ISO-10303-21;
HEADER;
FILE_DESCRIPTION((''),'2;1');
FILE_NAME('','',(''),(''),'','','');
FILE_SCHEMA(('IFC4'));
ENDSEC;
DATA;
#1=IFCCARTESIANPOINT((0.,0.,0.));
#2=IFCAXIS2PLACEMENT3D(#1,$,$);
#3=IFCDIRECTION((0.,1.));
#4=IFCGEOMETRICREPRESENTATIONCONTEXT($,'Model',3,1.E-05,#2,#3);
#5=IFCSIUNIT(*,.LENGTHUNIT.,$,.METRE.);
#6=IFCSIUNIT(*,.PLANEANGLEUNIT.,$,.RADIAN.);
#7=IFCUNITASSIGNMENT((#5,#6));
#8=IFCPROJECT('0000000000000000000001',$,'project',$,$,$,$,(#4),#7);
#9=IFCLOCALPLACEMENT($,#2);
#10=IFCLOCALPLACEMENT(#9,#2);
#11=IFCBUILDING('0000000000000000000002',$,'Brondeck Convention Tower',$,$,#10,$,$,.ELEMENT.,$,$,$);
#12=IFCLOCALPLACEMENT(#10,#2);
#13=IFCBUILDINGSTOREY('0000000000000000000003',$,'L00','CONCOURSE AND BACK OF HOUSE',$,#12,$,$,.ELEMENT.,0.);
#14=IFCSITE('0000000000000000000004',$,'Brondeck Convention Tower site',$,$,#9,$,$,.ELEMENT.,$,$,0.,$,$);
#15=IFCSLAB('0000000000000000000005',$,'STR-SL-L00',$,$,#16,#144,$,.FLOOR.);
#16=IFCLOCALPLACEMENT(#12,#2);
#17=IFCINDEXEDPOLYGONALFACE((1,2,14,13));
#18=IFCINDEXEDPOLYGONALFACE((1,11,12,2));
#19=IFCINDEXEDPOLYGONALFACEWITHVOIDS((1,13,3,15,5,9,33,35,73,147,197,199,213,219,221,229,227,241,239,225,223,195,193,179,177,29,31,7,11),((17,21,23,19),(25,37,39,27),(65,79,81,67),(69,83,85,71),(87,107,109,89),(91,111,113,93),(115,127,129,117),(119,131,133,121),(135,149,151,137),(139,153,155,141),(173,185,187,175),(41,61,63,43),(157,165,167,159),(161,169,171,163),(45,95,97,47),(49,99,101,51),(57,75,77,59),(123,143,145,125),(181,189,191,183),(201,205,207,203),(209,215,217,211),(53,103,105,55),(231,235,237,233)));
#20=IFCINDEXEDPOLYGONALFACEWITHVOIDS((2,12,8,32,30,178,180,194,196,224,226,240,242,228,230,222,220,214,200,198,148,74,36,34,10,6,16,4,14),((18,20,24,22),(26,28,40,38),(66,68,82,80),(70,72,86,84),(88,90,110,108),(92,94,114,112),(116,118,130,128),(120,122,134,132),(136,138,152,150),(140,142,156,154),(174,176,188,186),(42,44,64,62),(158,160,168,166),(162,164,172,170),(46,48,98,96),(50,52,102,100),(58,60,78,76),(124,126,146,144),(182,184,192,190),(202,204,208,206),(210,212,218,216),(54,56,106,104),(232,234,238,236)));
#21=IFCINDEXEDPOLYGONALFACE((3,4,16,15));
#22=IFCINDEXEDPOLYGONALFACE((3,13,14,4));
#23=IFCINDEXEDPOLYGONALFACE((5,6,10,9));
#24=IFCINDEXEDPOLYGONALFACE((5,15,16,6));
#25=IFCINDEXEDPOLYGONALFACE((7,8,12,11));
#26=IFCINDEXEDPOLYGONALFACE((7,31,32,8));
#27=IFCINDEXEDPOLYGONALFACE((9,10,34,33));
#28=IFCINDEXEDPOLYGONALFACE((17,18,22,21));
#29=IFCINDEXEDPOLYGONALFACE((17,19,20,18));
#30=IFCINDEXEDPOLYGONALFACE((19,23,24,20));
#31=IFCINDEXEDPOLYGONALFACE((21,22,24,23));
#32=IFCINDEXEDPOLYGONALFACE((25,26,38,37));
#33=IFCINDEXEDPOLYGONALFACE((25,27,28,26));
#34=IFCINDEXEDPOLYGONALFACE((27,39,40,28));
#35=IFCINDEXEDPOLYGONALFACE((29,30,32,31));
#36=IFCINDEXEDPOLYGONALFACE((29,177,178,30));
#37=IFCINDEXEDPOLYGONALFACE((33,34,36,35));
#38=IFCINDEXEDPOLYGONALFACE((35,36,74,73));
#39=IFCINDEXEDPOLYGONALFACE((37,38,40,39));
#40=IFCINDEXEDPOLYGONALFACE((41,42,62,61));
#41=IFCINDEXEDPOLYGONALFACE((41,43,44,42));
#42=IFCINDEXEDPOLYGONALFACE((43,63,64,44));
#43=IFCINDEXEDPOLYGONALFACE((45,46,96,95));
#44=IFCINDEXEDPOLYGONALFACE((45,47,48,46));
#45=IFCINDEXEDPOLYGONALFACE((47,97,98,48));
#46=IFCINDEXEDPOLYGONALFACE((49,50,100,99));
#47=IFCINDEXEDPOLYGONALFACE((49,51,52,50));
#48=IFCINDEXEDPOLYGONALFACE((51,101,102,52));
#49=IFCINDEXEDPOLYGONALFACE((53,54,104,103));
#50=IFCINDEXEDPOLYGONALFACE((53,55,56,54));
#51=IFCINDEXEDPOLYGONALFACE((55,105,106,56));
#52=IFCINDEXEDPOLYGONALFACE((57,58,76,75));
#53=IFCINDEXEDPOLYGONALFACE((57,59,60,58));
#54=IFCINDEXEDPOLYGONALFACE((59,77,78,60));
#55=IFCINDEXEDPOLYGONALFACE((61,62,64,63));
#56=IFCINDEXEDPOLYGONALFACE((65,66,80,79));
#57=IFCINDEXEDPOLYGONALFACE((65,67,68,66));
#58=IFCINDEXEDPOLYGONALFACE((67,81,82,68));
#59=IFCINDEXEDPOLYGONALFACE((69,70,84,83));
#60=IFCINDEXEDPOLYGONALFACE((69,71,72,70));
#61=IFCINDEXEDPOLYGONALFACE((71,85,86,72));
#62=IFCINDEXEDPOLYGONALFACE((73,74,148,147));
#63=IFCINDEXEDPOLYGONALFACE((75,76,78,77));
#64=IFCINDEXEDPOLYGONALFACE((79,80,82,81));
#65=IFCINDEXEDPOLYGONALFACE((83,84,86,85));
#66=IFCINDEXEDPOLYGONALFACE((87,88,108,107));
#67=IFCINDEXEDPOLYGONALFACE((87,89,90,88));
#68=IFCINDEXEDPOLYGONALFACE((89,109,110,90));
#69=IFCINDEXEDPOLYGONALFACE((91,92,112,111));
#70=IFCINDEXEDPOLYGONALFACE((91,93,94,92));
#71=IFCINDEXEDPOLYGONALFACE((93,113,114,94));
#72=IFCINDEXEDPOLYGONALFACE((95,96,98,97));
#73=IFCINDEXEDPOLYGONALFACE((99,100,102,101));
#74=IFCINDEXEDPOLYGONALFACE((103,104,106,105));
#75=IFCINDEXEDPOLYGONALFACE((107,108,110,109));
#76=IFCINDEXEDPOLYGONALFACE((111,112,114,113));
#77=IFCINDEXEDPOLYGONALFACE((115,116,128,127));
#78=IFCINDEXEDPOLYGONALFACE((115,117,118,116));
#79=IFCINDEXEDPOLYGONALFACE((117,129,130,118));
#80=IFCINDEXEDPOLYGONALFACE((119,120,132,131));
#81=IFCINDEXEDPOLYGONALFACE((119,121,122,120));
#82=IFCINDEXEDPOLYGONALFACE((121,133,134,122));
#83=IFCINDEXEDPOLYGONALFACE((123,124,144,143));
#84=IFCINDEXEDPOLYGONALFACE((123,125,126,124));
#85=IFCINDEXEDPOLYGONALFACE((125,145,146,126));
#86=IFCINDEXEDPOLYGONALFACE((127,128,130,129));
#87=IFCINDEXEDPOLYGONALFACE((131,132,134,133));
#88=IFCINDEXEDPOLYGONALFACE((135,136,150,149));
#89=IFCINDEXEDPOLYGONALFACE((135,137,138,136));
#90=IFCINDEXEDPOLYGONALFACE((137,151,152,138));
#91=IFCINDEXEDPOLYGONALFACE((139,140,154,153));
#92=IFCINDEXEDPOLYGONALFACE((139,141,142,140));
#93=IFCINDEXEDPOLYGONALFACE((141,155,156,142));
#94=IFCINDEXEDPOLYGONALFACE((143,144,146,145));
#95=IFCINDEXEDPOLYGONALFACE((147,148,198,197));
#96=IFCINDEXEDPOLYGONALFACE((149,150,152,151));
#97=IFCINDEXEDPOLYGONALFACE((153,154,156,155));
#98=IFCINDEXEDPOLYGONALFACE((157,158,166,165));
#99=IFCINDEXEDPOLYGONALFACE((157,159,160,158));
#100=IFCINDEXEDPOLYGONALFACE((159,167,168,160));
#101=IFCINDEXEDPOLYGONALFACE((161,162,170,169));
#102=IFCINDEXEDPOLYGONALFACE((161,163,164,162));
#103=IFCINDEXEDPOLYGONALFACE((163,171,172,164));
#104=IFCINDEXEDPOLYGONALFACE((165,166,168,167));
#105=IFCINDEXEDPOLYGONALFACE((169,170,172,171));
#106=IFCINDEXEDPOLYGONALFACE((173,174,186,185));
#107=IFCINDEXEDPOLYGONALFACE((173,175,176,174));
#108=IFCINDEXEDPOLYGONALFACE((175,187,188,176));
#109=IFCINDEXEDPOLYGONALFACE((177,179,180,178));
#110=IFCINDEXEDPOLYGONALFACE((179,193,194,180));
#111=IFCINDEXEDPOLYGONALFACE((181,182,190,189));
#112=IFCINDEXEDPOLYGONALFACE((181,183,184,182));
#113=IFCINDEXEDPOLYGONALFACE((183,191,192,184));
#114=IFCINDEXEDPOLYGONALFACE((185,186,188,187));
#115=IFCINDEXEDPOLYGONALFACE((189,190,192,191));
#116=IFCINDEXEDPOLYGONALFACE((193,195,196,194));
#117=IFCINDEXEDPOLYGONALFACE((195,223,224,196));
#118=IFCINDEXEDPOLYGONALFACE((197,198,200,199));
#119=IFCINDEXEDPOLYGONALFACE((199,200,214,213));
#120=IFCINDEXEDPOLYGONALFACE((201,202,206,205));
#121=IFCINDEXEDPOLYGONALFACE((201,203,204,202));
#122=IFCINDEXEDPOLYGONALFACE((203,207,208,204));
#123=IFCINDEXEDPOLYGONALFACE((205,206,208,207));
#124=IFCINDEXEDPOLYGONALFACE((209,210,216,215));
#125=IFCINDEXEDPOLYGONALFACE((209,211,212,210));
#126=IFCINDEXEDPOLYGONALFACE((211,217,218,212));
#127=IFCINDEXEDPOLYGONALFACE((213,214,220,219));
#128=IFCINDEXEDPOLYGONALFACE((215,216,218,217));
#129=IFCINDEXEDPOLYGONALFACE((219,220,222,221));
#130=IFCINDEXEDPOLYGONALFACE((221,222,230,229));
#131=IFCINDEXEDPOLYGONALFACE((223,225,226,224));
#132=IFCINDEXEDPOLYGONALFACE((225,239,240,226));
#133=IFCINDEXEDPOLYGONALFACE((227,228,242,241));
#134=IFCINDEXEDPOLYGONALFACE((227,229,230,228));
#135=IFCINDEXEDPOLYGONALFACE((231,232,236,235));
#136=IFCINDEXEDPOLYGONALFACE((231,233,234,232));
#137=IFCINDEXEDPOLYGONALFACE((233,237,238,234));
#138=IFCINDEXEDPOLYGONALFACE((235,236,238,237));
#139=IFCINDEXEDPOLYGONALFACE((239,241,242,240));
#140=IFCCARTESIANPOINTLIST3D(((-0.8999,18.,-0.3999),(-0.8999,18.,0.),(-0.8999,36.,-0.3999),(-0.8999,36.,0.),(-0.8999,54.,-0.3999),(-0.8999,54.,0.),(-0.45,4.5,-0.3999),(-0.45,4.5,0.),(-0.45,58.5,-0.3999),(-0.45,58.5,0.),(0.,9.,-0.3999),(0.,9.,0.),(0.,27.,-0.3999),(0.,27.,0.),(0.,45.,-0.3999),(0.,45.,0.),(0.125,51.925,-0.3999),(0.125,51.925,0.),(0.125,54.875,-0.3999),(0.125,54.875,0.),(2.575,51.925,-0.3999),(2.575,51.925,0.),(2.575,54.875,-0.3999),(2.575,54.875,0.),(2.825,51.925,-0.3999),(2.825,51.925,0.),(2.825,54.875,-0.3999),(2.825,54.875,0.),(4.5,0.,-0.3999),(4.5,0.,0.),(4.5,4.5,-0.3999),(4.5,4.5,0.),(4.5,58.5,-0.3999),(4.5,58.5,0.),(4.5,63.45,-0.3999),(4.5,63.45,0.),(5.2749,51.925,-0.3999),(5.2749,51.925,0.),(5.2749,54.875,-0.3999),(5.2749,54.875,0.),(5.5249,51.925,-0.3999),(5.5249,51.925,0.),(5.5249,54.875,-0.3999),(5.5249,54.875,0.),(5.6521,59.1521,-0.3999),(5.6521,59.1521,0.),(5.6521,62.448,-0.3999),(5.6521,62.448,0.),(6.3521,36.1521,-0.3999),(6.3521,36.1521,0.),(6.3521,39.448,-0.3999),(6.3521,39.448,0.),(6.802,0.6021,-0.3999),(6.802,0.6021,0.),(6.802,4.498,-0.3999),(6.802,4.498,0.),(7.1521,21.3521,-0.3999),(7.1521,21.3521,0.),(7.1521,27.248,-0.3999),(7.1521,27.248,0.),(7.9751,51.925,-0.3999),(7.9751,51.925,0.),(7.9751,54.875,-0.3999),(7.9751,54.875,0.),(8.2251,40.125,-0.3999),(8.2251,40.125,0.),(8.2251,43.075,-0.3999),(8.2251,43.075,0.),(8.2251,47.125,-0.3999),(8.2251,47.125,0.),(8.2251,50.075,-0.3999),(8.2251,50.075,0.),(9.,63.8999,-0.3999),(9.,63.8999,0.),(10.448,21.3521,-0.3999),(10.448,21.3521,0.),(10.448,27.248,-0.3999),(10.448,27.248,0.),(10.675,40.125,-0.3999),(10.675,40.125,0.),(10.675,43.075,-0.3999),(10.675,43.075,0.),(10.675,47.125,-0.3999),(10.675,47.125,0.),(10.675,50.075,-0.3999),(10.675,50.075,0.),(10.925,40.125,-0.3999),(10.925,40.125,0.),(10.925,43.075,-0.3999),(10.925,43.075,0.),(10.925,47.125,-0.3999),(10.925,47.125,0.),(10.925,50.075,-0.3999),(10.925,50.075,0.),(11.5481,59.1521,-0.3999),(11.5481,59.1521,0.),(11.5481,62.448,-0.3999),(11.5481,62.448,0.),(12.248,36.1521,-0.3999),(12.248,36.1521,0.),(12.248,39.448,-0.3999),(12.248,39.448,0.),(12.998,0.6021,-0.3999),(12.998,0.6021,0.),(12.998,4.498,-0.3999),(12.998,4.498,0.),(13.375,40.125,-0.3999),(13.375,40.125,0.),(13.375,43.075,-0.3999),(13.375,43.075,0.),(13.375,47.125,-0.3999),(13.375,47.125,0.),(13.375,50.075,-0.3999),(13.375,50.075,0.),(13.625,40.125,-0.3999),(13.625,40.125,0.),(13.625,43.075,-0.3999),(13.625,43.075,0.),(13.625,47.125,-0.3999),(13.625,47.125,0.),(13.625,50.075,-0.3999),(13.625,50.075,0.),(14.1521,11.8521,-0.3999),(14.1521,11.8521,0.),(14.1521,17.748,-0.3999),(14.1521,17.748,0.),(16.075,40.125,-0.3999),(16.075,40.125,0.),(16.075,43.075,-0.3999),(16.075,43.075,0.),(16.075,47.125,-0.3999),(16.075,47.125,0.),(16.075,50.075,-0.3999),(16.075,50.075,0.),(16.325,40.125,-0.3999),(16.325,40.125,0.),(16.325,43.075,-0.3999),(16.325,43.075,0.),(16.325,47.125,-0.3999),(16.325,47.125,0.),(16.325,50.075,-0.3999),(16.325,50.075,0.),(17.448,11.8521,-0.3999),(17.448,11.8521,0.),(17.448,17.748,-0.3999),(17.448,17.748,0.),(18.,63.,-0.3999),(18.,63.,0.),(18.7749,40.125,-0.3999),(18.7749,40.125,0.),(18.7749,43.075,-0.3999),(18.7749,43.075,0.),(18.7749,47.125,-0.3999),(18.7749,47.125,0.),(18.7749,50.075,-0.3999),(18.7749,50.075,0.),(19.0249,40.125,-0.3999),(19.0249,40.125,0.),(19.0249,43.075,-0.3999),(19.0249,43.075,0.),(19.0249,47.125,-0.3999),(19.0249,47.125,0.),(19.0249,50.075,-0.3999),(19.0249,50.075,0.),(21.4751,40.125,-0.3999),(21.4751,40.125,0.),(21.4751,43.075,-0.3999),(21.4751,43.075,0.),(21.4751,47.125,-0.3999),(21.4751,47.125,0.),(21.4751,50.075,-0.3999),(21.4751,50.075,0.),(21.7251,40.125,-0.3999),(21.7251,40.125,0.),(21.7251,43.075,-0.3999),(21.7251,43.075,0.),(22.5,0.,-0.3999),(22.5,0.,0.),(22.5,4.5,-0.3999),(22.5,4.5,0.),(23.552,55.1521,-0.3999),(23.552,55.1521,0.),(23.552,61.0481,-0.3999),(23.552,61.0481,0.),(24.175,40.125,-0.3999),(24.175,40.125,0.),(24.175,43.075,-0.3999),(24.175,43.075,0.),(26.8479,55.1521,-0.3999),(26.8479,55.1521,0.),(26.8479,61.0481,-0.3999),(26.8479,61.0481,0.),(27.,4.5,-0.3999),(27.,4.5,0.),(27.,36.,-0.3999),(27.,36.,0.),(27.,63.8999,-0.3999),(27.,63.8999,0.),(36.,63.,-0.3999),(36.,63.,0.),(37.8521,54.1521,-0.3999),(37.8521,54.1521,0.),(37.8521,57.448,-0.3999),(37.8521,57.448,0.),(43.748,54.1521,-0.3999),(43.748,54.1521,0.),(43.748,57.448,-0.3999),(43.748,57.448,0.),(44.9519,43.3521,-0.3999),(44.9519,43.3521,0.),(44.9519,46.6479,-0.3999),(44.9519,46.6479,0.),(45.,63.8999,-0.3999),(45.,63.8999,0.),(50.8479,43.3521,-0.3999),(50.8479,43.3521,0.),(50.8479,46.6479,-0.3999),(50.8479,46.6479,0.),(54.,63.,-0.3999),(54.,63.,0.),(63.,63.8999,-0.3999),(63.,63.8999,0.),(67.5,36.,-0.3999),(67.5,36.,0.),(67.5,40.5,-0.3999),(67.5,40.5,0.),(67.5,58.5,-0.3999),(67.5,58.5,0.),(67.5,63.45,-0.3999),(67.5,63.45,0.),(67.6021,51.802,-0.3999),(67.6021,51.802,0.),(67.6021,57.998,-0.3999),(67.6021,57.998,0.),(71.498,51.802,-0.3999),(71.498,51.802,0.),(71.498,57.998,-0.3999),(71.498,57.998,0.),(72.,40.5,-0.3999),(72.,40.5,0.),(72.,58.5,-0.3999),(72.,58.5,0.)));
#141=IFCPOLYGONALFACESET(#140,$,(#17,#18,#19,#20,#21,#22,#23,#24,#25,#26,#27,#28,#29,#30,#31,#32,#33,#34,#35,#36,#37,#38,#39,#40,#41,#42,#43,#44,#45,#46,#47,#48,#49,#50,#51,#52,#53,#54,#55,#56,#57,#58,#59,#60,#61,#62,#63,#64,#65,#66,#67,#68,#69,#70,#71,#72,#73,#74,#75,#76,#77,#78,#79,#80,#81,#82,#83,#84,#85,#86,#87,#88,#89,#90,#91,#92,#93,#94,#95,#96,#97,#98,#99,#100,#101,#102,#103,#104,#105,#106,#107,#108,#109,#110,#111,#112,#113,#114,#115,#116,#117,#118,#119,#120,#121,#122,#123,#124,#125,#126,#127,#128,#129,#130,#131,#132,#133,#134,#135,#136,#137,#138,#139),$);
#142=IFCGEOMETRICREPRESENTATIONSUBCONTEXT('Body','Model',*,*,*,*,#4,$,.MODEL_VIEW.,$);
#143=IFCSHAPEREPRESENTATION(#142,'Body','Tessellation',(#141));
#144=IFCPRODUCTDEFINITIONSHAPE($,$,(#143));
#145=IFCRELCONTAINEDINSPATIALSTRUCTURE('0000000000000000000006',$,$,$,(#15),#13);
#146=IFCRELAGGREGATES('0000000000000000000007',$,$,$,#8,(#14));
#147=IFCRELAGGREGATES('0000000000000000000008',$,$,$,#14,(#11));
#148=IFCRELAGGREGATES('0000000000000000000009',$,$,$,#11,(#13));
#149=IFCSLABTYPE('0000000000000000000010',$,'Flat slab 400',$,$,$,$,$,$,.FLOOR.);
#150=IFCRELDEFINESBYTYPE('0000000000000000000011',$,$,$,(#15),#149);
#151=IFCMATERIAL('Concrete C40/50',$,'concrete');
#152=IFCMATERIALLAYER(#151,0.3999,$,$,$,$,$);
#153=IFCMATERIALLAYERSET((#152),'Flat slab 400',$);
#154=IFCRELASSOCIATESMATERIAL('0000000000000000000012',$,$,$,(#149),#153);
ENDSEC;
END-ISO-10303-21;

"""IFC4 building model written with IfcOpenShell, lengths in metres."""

from ifc_helpers import new_model, si_unit, direction, frame, origin, place, context, subcontext, project, spatial, polyline, outline, extrude, material, layer, layer_set, type_object, element, save


model = new_model("IFC4")

# Units and contexts
model_context = context("Model", 3, precision=1e-05, world=origin(), true_north=direction((0.0, 1.0)))
body_context = subcontext(model_context, "Body", "Model", "MODEL_VIEW")
ifc_project = project(units=[si_unit("LENGTHUNIT", "METRE"), si_unit("PLANEANGLEUNIT", "RADIAN")], contexts=[model_context])

# Site, building, storey
site_placement = place(None, origin())
site = spatial("IfcSite", under=ifc_project, at=site_placement, Name="Brondeck Convention Tower site", CompositionType="ELEMENT", RefElevation=0.0)
building_placement = place(site_placement, origin())
building = spatial("IfcBuilding", under=site, at=building_placement, Name="Brondeck Convention Tower", CompositionType="ELEMENT")
storey_placement = place(building_placement, origin())
storey = spatial("IfcBuildingStorey", under=building, at=storey_placement, Name="L00", Description="CONCOURSE AND BACK OF HOUSE", CompositionType="ELEMENT", Elevation=0.0)

# Shared definitions
ifc_material_1 = material(Name="Concrete C40/50", Category="concrete")

# Slab
ifc_layer_1 = layer(ifc_material_1, 0.3999)
ifc_layer_set_1 = layer_set([ifc_layer_1], Name="Flat slab 400")
slab_type_1 = type_object("IfcSlabType", Name="Flat slab 400", PredefinedType="FLOOR", material=ifc_layer_set_1)
slab_1_placement = place(storey_placement, frame((0.0, 0.0, -0.3999)))
element("IfcSlab", 1, at=slab_1_placement, inside=storey, type_object=slab_type_1, Name="STR-SL-L00", PredefinedType="FLOOR", context=body_context, shape_type="SweptSolid", body=[
    extrude(outline(polyline([(4.5, 4.5), (-0.45, 4.5), (0.0, 9.0), (-0.8999, 18.0), (0.0, 27.0), (-0.8999, 36.0), (0.0, 45.0), (-0.8999, 54.0), (-0.45, 58.5), (4.5, 58.5), (4.5, 63.45), (9.0, 63.8999), (18.0, 63.0), (27.0, 63.8999), (36.0, 63.0), (45.0, 63.8999), (54.0, 63.0), (63.0, 63.8999), (67.5, 63.45), (67.5, 58.5), (72.0, 58.5), (72.0, 40.5), (67.5, 40.5), (67.5, 36.0), (27.0, 36.0), (27.0, 4.5), (22.5, 4.5), (22.5, 0.0), (4.5, 0.0), (4.5, 4.5)]), holes=[polyline([(12.998, 0.6021), (12.998, 4.498), (6.802, 4.498), (6.802, 0.6021), (12.998, 0.6021)]), polyline([(10.448, 27.248), (7.1521, 27.248), (7.1521, 21.3521), (10.448, 21.3521), (10.448, 27.248)]), polyline([(12.248, 36.1521), (12.248, 39.448), (6.3521, 39.448), (6.3521, 36.1521), (12.248, 36.1521)]), polyline([(8.2251, 40.125), (10.675, 40.125), (10.675, 43.075), (8.2251, 43.075), (8.2251, 40.125)]), polyline([(10.925, 40.125), (13.375, 40.125), (13.375, 43.075), (10.925, 43.075), (10.925, 40.125)]), polyline([(10.675, 47.125), (10.675, 50.075), (8.2251, 50.075), (8.2251, 47.125), (10.675, 47.125)]), polyline([(10.925, 47.125), (13.375, 47.125), (13.375, 50.075), (10.925, 50.075), (10.925, 47.125)]), polyline([(13.625, 47.125), (16.075, 47.125), (16.075, 50.075), (13.625, 50.075), (13.625, 47.125)]), polyline([(2.575, 51.925), (2.575, 54.875), (0.125, 54.875), (0.125, 51.925), (2.575, 51.925)]), polyline([(2.825, 51.925), (5.2749, 51.925), (5.2749, 54.875), (2.825, 54.875), (2.825, 51.925)]), polyline([(5.5249, 51.925), (7.9751, 51.925), (7.9751, 54.875), (5.5249, 54.875), (5.5249, 51.925)]), polyline([(5.6521, 62.448), (5.6521, 59.1521), (11.5481, 59.1521), (11.5481, 62.448), (5.6521, 62.448)]), polyline([(17.448, 11.8521), (17.448, 17.748), (14.1521, 17.748), (14.1521, 11.8521), (17.448, 11.8521)]), polyline([(13.625, 40.125), (16.075, 40.125), (16.075, 43.075), (13.625, 43.075), (13.625, 40.125)]), polyline([(18.7749, 40.125), (18.7749, 43.075), (16.325, 43.075), (16.325, 40.125), (18.7749, 40.125)]), polyline([(19.0249, 40.125), (21.4751, 40.125), (21.4751, 43.075), (19.0249, 43.075), (19.0249, 40.125)]), polyline([(21.7251, 40.125), (24.175, 40.125), (24.175, 43.075), (21.7251, 43.075), (21.7251, 40.125)]), polyline([(50.8479, 43.3521), (50.8479, 46.6479), (44.9519, 46.6479), (44.9519, 43.3521), (50.8479, 43.3521)]), polyline([(16.325, 47.125), (18.7749, 47.125), (18.7749, 50.075), (16.325, 50.075), (16.325, 47.125)]), polyline([(19.0249, 47.125), (21.4751, 47.125), (21.4751, 50.075), (19.0249, 50.075), (19.0249, 47.125)]), polyline([(71.498, 57.998), (67.6021, 57.998), (67.6021, 51.802), (71.498, 51.802), (71.498, 57.998)]), polyline([(37.8521, 54.1521), (43.748, 54.1521), (43.748, 57.448), (37.8521, 57.448), (37.8521, 54.1521)]), polyline([(23.552, 61.0481), (23.552, 55.1521), (26.8479, 55.1521), (26.8479, 61.0481), (23.552, 61.0481)])]), origin(), (0.0, 0.0, 1.0), 0.3999),
])

save(model, "model.ifc")
